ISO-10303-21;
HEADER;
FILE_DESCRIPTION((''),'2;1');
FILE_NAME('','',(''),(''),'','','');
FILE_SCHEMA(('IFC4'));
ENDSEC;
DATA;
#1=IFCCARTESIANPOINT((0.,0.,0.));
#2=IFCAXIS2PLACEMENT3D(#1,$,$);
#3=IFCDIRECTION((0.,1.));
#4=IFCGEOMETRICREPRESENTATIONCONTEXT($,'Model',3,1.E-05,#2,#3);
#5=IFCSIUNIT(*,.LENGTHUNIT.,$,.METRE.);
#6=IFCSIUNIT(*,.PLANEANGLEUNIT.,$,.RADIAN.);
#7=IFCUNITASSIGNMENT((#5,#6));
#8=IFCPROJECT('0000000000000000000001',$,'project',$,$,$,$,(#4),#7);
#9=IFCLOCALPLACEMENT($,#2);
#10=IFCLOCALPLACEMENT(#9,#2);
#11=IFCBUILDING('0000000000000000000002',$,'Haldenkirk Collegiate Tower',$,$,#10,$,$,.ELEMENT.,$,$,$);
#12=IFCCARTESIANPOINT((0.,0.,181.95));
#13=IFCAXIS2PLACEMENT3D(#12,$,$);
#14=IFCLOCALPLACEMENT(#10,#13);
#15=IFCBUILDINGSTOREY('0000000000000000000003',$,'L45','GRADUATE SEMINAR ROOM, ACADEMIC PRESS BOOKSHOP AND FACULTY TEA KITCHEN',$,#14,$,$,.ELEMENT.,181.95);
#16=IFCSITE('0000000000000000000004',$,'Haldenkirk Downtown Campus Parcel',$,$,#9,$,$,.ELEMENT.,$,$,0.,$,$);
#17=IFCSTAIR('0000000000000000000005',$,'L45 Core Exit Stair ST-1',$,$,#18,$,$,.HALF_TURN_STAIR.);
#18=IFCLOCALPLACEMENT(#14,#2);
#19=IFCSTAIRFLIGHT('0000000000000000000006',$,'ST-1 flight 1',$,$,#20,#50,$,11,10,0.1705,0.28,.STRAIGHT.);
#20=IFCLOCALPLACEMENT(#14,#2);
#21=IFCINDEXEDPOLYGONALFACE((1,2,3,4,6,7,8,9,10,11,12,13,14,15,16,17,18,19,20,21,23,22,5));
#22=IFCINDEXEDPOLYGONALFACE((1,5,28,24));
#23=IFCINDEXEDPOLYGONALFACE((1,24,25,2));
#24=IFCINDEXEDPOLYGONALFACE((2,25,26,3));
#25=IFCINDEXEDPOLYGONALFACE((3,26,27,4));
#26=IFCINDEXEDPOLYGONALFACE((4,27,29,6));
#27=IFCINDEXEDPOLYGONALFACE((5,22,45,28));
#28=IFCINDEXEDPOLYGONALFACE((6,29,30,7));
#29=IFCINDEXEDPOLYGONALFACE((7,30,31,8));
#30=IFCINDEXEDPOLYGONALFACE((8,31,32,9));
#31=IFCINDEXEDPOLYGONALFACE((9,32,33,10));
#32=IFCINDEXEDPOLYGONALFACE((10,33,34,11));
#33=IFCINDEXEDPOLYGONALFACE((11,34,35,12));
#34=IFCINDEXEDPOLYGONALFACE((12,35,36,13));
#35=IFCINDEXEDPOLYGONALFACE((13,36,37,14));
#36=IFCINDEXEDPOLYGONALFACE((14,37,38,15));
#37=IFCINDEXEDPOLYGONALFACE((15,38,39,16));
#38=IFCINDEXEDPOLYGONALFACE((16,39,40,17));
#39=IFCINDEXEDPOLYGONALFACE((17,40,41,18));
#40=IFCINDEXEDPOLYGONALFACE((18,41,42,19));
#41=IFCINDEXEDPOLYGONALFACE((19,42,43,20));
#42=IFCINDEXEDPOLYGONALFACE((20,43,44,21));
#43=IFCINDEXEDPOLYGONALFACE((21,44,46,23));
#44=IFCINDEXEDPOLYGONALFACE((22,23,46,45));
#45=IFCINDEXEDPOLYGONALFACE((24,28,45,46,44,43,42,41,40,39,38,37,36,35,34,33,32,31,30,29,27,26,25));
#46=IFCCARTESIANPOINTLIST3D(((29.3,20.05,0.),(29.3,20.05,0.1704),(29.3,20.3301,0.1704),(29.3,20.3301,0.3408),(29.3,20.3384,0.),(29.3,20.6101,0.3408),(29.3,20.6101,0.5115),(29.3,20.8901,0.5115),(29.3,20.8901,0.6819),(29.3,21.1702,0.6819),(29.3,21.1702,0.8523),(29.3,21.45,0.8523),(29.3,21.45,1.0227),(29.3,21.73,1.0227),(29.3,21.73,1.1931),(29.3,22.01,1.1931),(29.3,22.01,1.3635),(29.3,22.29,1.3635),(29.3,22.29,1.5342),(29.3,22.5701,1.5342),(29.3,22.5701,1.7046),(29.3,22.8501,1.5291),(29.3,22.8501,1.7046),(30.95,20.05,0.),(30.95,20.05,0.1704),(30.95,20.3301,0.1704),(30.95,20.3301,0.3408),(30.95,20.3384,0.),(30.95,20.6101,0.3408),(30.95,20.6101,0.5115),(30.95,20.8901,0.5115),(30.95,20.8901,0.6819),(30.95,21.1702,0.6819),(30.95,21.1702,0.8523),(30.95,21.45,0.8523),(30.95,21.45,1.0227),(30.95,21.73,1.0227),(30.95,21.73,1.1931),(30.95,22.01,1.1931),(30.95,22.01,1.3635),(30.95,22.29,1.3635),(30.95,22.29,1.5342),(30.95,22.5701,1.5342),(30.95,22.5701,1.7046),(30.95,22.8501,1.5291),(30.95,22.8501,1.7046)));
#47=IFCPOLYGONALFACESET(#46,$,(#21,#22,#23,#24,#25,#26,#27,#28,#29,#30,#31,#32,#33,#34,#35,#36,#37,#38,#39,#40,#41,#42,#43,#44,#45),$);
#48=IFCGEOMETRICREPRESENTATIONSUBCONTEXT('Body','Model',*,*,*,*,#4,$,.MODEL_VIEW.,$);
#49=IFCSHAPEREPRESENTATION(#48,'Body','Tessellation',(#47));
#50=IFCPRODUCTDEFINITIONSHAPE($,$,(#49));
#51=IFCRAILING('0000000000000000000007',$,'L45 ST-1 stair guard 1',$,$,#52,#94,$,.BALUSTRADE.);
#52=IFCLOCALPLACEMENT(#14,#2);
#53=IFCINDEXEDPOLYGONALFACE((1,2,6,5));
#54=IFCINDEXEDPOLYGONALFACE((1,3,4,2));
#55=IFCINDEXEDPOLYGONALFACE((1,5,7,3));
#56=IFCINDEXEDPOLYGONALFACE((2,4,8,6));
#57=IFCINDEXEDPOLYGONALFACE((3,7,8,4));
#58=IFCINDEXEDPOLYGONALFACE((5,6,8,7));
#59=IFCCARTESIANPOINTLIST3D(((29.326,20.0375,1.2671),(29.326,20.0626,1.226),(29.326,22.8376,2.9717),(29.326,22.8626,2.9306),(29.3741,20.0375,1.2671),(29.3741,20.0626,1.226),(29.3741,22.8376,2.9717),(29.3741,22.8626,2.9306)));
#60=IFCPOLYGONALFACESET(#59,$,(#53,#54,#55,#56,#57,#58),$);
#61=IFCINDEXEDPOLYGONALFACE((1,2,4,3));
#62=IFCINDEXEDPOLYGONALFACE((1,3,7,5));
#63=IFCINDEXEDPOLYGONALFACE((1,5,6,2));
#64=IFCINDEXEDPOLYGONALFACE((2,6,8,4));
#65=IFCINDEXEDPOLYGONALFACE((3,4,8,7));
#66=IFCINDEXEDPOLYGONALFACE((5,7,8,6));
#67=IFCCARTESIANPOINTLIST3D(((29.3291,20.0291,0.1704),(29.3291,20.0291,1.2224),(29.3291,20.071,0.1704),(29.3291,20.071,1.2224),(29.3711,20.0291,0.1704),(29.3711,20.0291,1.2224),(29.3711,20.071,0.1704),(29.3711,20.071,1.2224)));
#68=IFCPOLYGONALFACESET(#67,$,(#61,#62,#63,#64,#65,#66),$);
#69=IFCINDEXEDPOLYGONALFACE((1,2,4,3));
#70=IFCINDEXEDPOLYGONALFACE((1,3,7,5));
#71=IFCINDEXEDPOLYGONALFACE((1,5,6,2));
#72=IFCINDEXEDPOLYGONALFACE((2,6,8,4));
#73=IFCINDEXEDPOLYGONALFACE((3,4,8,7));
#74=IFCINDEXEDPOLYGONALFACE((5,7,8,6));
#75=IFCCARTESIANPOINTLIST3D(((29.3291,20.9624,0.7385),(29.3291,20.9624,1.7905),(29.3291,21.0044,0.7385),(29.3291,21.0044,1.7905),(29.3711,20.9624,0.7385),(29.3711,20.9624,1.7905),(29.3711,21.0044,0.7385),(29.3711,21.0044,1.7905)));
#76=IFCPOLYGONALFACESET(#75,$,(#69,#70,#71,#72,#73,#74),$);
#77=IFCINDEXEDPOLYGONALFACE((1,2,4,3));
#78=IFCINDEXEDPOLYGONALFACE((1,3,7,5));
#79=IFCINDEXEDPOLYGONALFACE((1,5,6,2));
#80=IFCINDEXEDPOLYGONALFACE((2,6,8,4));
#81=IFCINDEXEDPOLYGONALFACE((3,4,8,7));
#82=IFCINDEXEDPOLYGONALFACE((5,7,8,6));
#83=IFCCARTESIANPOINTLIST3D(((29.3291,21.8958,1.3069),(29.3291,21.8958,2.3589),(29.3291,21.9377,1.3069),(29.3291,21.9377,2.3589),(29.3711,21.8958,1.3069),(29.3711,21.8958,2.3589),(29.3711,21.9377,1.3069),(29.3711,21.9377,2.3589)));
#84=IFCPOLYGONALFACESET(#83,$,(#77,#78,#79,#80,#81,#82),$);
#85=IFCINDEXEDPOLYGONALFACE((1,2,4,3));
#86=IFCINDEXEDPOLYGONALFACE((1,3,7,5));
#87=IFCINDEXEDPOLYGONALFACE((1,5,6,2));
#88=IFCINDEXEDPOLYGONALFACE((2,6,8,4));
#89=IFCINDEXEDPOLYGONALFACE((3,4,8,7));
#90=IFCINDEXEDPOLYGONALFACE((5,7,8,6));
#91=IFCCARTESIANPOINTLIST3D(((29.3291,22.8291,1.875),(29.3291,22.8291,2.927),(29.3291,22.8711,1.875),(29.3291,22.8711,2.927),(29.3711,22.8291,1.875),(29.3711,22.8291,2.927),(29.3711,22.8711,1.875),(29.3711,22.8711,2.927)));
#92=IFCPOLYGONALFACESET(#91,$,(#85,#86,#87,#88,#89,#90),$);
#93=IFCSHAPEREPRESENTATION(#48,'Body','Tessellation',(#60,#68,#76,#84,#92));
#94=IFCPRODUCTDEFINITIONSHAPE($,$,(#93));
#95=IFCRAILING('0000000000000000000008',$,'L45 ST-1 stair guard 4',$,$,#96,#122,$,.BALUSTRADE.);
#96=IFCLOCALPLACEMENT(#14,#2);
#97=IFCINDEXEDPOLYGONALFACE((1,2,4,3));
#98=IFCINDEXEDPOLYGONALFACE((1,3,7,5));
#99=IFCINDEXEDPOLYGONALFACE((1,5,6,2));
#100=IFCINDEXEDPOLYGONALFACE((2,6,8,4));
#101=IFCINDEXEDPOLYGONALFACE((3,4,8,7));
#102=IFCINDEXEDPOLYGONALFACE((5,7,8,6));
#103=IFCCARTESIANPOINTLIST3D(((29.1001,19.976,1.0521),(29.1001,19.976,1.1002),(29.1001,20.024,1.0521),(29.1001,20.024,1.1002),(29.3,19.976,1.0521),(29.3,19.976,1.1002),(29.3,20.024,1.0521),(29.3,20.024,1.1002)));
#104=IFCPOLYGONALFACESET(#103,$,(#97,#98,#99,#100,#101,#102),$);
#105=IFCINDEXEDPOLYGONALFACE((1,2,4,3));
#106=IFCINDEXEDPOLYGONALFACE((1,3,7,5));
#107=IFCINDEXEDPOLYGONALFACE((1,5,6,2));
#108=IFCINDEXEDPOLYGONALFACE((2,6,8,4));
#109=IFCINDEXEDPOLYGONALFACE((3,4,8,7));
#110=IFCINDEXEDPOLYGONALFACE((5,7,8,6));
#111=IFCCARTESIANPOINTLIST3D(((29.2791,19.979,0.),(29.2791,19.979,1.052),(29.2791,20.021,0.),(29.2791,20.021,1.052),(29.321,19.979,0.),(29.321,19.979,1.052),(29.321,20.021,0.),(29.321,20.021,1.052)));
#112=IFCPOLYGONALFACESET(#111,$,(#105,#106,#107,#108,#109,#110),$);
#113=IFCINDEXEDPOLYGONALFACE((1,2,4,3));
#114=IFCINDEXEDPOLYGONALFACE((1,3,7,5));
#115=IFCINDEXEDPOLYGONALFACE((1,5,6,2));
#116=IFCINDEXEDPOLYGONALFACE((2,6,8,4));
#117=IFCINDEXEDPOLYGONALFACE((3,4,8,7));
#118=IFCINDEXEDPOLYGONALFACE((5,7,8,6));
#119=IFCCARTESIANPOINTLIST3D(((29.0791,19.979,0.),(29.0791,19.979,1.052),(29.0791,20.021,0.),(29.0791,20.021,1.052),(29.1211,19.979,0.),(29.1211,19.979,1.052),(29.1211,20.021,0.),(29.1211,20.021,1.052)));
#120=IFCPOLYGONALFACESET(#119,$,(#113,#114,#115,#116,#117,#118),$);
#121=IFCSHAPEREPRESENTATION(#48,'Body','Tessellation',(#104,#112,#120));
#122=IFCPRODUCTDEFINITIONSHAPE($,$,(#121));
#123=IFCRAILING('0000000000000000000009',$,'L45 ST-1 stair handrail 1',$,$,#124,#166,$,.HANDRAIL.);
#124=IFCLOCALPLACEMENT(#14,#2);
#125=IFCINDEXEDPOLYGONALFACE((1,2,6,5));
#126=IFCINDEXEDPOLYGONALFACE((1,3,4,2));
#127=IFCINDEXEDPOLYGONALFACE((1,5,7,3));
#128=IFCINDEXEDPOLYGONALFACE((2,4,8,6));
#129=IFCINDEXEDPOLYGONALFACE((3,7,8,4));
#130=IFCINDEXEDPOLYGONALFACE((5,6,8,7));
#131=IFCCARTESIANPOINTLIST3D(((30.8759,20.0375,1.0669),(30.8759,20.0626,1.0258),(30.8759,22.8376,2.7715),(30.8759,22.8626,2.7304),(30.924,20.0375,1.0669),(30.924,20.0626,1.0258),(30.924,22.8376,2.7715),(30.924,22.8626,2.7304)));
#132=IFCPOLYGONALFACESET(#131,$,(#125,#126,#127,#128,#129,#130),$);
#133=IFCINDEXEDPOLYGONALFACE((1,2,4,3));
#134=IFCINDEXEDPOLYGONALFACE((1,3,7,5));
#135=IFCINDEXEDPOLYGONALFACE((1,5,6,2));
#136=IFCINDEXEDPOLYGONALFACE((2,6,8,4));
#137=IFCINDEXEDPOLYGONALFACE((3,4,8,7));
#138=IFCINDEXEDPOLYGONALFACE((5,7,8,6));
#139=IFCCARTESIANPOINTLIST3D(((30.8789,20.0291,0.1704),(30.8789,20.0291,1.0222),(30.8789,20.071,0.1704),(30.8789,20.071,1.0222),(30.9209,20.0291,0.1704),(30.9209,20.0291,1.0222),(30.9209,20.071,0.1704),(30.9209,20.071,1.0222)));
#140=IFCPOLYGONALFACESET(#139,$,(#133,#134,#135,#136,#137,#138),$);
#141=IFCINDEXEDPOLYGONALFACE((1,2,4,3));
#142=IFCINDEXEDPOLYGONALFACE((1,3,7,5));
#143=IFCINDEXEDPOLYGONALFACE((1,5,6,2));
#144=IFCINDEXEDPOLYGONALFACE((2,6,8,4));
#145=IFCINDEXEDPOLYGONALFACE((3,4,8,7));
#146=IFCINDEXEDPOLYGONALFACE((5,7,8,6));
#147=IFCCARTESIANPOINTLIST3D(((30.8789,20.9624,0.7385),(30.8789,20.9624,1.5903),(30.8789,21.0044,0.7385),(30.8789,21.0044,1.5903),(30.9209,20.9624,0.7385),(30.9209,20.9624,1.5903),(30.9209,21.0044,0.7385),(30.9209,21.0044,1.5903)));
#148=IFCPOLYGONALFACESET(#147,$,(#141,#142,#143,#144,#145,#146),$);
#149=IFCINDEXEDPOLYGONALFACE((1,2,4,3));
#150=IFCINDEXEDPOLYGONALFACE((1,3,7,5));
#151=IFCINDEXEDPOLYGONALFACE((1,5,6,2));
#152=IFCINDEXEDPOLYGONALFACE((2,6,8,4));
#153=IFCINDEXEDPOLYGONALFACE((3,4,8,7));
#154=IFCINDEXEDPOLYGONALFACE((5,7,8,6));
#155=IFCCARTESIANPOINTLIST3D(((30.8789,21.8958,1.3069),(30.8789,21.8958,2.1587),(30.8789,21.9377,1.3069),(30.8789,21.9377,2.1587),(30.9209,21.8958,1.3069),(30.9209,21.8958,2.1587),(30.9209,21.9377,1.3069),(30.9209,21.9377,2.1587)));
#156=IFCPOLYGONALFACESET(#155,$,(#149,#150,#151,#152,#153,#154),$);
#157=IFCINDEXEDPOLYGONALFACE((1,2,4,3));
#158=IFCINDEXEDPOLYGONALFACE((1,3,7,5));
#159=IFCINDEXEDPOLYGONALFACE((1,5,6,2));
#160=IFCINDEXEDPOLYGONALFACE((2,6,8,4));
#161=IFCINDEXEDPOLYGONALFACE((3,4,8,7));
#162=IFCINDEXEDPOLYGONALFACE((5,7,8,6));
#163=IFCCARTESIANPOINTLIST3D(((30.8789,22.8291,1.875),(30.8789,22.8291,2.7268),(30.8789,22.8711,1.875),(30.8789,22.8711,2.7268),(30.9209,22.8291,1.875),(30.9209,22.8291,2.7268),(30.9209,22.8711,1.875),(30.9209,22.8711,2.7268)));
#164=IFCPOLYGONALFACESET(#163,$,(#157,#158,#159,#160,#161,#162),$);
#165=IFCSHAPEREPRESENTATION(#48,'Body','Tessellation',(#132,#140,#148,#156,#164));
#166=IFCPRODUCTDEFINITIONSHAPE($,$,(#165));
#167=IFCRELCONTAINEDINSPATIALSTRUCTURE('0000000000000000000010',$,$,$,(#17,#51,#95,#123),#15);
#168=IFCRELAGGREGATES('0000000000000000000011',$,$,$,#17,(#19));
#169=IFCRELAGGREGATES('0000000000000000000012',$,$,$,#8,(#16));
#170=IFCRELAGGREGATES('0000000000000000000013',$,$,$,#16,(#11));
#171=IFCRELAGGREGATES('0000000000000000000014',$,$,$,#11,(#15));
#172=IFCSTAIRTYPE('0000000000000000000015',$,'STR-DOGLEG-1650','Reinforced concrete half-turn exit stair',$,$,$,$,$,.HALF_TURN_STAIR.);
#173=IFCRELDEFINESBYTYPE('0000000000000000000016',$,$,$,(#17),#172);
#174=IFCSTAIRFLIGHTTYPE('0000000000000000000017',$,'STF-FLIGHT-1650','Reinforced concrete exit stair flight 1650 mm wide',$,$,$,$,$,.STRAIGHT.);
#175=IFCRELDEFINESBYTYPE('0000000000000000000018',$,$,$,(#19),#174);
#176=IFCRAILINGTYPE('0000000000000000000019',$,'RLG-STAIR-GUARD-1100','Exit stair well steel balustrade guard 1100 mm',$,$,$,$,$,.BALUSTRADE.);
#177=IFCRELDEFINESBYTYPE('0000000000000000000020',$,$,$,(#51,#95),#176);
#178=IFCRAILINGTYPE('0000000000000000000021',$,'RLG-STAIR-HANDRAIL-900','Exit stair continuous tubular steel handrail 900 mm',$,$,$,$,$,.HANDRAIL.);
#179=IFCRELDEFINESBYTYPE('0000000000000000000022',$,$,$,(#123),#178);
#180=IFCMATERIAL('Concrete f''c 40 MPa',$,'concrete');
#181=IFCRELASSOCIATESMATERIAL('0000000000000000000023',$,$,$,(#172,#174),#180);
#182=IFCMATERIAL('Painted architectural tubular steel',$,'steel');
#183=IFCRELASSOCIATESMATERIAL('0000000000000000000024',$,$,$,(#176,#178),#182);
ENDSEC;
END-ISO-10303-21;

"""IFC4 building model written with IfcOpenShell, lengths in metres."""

from ifc_helpers import new_model, si_unit, direction, frame, origin, origin_2d, place, context, subcontext, project, spatial, polyline, rectangle, outline, extrude, material, type_object, element, aggregate, save


model = new_model("IFC4")

# Units and contexts
model_context = context("Model", 3, precision=1e-05, world=origin(), true_north=direction((0.0, 1.0)))
body_context = subcontext(model_context, "Body", "Model", "MODEL_VIEW")
ifc_project = project(units=[si_unit("LENGTHUNIT", "METRE"), si_unit("PLANEANGLEUNIT", "RADIAN")], contexts=[model_context])

# Site, building, storey
site_placement = place(None, origin())
site = spatial("IfcSite", under=ifc_project, at=site_placement, Name="Haldenkirk Downtown Campus Parcel", CompositionType="ELEMENT", RefElevation=0.0)
building_placement = place(site_placement, origin())
building = spatial("IfcBuilding", under=site, at=building_placement, Name="Haldenkirk Collegiate Tower", CompositionType="ELEMENT")
storey_placement = place(building_placement, frame((0.0, 0.0, 181.95)))
storey = spatial("IfcBuildingStorey", under=building, at=storey_placement, Name="L45", Description="GRADUATE SEMINAR ROOM, ACADEMIC PRESS BOOKSHOP AND FACULTY TEA KITCHEN", CompositionType="ELEMENT", Elevation=181.95)

# Stair, stair flight
ifc_material_1 = material(Name="Concrete f'c 40 MPa", Category="concrete")
stair_type = type_object("IfcStairType", Name="STR-DOGLEG-1650", Description="Reinforced concrete half-turn exit stair", PredefinedType="HALF_TURN_STAIR", material=ifc_material_1)
stair_placement = place(storey_placement, origin())
stair = element("IfcStair", 1, at=stair_placement, inside=storey, type_object=stair_type, Name="L45 Core Exit Stair ST-1", PredefinedType="HALF_TURN_STAIR")
stair_flight_type = type_object("IfcStairFlightType", Name="STF-FLIGHT-1650", Description="Reinforced concrete exit stair flight 1650 mm wide", PredefinedType="STRAIGHT", material=ifc_material_1)
stair_flight_placement = place(storey_placement, frame((30.125, 20.05, 0.0), z_axis=(0.0, 0.0, 1.0), x_axis=(0.0, 1.0, 0.0)))
stair_flight = element("IfcStairFlight", 2, at=stair_flight_placement, type_object=stair_flight_type, Name="ST-1 flight 1", NumberOfRisers=11, NumberOfTreads=10, PredefinedType="STRAIGHT", RiserHeight=0.1705, TreadLength=0.28, context=body_context, shape_type="SweptSolid", body=[
    extrude(outline(polyline([(0.0, 0.0), (0.0, 0.1704), (0.28, 0.1704), (0.28, 0.3408), (0.5601, 0.3408), (0.5601, 0.5115), (0.8401, 0.5115), (0.8401, 0.6819), (1.1201, 0.6819), (1.1201, 0.8523), (1.3999, 0.8523), (1.3999, 1.0227), (1.6799, 1.0227), (1.6799, 1.1931), (1.96, 1.1931), (1.96, 1.3635), (2.24, 1.3635), (2.24, 1.5342), (2.52, 1.5342), (2.52, 1.7046), (2.8, 1.7046), (2.8, 1.875), (2.8, 1.5291), (0.2883, 0.0), (0.0, 0.0)])), frame((0.0, 0.825, 0.0), z_axis=(0.0, -1.0, 0.0), x_axis=(1.0, 0.0, 0.0)), (0.0, 0.0, 1.0), 1.6499),
])
aggregate(stair, [stair_flight])

# Railings
ifc_material_2 = material(Name="Painted architectural tubular steel", Category="steel")
railing_type_1 = type_object("IfcRailingType", Name="RLG-STAIR-GUARD-1100", Description="Exit stair well steel balustrade guard 1100 mm", PredefinedType="BALUSTRADE", material=ifc_material_2)
railing_1_placement = place(storey_placement, frame((29.3501, 20.05, 0.1704)))
element("IfcRailing", 3, at=railing_1_placement, inside=storey, type_object=railing_type_1, Name="L45 ST-1 stair guard 1", PredefinedType="BALUSTRADE", context=body_context, shape_type="SweptSolid", body=[
    extrude(rectangle(XDim=0.0481, YDim=0.0481, at=origin_2d()), frame((0.0, 0.0, 1.0762), z_axis=(0.0, 0.85417, 0.519994), x_axis=(-1.0, 0.0, 0.0)), (0.0, 0.0, 1.0), 3.2781),
    extrude(rectangle(XDim=0.042, YDim=0.042, at=origin_2d()), origin(), (0.0, 0.0, 1.0), 1.052),
    extrude(rectangle(XDim=0.042, YDim=0.042, at=origin_2d()), frame((0.0, 0.9333, 0.5681)), (0.0, 0.0, 1.0), 1.052),
    extrude(rectangle(XDim=0.042, YDim=0.042, at=origin_2d()), frame((0.0, 1.8667, 1.1365)), (0.0, 0.0, 1.0), 1.052),
    extrude(rectangle(XDim=0.042, YDim=0.042, at=origin_2d()), frame((0.0, 2.8, 1.7046)), (0.0, 0.0, 1.0), 1.052),
])
railing_2_placement = place(storey_placement, frame((29.3, 20.0, 0.0)))
element("IfcRailing", 4, at=railing_2_placement, inside=storey, type_object=railing_type_1, Name="L45 ST-1 stair guard 4", PredefinedType="BALUSTRADE", context=body_context, shape_type="SweptSolid", body=[
    extrude(rectangle(XDim=0.0481, YDim=0.0481, at=origin_2d()), frame((0.0, 0.0, 1.0762), z_axis=(-1.0, 0.0, 0.0), x_axis=(0.0, -1.0, 0.0)), (0.0, 0.0, 1.0), 0.2),
    extrude(rectangle(XDim=0.042, YDim=0.042, at=origin_2d()), origin(), (0.0, 0.0, 1.0), 1.052),
    extrude(rectangle(XDim=0.042, YDim=0.042, at=origin_2d()), frame((-0.2, 0.0, 0.0)), (0.0, 0.0, 1.0), 1.052),
])
railing_type_2 = type_object("IfcRailingType", Name="RLG-STAIR-HANDRAIL-900", Description="Exit stair continuous tubular steel handrail 900 mm", PredefinedType="HANDRAIL", material=ifc_material_2)
railing_3_placement = place(storey_placement, frame((30.8999, 20.05, 0.1704)))
element("IfcRailing", 5, at=railing_3_placement, inside=storey, type_object=railing_type_2, Name="L45 ST-1 stair handrail 1", PredefinedType="HANDRAIL", context=body_context, shape_type="SweptSolid", body=[
    extrude(rectangle(XDim=0.0481, YDim=0.0481, at=origin_2d()), frame((0.0, 0.0, 0.876), z_axis=(0.0, 0.85417, 0.519994), x_axis=(-1.0, 0.0, 0.0)), (0.0, 0.0, 1.0), 3.2781),
    extrude(rectangle(XDim=0.042, YDim=0.042, at=origin_2d()), origin(), (0.0, 0.0, 1.0), 0.8518),
    extrude(rectangle(XDim=0.042, YDim=0.042, at=origin_2d()), frame((0.0, 0.9333, 0.5681)), (0.0, 0.0, 1.0), 0.8518),
    extrude(rectangle(XDim=0.042, YDim=0.042, at=origin_2d()), frame((0.0, 1.8667, 1.1365)), (0.0, 0.0, 1.0), 0.8518),
    extrude(rectangle(XDim=0.042, YDim=0.042, at=origin_2d()), frame((0.0, 2.8, 1.7046)), (0.0, 0.0, 1.0), 0.8518),
])

save(model, "model.ifc")
